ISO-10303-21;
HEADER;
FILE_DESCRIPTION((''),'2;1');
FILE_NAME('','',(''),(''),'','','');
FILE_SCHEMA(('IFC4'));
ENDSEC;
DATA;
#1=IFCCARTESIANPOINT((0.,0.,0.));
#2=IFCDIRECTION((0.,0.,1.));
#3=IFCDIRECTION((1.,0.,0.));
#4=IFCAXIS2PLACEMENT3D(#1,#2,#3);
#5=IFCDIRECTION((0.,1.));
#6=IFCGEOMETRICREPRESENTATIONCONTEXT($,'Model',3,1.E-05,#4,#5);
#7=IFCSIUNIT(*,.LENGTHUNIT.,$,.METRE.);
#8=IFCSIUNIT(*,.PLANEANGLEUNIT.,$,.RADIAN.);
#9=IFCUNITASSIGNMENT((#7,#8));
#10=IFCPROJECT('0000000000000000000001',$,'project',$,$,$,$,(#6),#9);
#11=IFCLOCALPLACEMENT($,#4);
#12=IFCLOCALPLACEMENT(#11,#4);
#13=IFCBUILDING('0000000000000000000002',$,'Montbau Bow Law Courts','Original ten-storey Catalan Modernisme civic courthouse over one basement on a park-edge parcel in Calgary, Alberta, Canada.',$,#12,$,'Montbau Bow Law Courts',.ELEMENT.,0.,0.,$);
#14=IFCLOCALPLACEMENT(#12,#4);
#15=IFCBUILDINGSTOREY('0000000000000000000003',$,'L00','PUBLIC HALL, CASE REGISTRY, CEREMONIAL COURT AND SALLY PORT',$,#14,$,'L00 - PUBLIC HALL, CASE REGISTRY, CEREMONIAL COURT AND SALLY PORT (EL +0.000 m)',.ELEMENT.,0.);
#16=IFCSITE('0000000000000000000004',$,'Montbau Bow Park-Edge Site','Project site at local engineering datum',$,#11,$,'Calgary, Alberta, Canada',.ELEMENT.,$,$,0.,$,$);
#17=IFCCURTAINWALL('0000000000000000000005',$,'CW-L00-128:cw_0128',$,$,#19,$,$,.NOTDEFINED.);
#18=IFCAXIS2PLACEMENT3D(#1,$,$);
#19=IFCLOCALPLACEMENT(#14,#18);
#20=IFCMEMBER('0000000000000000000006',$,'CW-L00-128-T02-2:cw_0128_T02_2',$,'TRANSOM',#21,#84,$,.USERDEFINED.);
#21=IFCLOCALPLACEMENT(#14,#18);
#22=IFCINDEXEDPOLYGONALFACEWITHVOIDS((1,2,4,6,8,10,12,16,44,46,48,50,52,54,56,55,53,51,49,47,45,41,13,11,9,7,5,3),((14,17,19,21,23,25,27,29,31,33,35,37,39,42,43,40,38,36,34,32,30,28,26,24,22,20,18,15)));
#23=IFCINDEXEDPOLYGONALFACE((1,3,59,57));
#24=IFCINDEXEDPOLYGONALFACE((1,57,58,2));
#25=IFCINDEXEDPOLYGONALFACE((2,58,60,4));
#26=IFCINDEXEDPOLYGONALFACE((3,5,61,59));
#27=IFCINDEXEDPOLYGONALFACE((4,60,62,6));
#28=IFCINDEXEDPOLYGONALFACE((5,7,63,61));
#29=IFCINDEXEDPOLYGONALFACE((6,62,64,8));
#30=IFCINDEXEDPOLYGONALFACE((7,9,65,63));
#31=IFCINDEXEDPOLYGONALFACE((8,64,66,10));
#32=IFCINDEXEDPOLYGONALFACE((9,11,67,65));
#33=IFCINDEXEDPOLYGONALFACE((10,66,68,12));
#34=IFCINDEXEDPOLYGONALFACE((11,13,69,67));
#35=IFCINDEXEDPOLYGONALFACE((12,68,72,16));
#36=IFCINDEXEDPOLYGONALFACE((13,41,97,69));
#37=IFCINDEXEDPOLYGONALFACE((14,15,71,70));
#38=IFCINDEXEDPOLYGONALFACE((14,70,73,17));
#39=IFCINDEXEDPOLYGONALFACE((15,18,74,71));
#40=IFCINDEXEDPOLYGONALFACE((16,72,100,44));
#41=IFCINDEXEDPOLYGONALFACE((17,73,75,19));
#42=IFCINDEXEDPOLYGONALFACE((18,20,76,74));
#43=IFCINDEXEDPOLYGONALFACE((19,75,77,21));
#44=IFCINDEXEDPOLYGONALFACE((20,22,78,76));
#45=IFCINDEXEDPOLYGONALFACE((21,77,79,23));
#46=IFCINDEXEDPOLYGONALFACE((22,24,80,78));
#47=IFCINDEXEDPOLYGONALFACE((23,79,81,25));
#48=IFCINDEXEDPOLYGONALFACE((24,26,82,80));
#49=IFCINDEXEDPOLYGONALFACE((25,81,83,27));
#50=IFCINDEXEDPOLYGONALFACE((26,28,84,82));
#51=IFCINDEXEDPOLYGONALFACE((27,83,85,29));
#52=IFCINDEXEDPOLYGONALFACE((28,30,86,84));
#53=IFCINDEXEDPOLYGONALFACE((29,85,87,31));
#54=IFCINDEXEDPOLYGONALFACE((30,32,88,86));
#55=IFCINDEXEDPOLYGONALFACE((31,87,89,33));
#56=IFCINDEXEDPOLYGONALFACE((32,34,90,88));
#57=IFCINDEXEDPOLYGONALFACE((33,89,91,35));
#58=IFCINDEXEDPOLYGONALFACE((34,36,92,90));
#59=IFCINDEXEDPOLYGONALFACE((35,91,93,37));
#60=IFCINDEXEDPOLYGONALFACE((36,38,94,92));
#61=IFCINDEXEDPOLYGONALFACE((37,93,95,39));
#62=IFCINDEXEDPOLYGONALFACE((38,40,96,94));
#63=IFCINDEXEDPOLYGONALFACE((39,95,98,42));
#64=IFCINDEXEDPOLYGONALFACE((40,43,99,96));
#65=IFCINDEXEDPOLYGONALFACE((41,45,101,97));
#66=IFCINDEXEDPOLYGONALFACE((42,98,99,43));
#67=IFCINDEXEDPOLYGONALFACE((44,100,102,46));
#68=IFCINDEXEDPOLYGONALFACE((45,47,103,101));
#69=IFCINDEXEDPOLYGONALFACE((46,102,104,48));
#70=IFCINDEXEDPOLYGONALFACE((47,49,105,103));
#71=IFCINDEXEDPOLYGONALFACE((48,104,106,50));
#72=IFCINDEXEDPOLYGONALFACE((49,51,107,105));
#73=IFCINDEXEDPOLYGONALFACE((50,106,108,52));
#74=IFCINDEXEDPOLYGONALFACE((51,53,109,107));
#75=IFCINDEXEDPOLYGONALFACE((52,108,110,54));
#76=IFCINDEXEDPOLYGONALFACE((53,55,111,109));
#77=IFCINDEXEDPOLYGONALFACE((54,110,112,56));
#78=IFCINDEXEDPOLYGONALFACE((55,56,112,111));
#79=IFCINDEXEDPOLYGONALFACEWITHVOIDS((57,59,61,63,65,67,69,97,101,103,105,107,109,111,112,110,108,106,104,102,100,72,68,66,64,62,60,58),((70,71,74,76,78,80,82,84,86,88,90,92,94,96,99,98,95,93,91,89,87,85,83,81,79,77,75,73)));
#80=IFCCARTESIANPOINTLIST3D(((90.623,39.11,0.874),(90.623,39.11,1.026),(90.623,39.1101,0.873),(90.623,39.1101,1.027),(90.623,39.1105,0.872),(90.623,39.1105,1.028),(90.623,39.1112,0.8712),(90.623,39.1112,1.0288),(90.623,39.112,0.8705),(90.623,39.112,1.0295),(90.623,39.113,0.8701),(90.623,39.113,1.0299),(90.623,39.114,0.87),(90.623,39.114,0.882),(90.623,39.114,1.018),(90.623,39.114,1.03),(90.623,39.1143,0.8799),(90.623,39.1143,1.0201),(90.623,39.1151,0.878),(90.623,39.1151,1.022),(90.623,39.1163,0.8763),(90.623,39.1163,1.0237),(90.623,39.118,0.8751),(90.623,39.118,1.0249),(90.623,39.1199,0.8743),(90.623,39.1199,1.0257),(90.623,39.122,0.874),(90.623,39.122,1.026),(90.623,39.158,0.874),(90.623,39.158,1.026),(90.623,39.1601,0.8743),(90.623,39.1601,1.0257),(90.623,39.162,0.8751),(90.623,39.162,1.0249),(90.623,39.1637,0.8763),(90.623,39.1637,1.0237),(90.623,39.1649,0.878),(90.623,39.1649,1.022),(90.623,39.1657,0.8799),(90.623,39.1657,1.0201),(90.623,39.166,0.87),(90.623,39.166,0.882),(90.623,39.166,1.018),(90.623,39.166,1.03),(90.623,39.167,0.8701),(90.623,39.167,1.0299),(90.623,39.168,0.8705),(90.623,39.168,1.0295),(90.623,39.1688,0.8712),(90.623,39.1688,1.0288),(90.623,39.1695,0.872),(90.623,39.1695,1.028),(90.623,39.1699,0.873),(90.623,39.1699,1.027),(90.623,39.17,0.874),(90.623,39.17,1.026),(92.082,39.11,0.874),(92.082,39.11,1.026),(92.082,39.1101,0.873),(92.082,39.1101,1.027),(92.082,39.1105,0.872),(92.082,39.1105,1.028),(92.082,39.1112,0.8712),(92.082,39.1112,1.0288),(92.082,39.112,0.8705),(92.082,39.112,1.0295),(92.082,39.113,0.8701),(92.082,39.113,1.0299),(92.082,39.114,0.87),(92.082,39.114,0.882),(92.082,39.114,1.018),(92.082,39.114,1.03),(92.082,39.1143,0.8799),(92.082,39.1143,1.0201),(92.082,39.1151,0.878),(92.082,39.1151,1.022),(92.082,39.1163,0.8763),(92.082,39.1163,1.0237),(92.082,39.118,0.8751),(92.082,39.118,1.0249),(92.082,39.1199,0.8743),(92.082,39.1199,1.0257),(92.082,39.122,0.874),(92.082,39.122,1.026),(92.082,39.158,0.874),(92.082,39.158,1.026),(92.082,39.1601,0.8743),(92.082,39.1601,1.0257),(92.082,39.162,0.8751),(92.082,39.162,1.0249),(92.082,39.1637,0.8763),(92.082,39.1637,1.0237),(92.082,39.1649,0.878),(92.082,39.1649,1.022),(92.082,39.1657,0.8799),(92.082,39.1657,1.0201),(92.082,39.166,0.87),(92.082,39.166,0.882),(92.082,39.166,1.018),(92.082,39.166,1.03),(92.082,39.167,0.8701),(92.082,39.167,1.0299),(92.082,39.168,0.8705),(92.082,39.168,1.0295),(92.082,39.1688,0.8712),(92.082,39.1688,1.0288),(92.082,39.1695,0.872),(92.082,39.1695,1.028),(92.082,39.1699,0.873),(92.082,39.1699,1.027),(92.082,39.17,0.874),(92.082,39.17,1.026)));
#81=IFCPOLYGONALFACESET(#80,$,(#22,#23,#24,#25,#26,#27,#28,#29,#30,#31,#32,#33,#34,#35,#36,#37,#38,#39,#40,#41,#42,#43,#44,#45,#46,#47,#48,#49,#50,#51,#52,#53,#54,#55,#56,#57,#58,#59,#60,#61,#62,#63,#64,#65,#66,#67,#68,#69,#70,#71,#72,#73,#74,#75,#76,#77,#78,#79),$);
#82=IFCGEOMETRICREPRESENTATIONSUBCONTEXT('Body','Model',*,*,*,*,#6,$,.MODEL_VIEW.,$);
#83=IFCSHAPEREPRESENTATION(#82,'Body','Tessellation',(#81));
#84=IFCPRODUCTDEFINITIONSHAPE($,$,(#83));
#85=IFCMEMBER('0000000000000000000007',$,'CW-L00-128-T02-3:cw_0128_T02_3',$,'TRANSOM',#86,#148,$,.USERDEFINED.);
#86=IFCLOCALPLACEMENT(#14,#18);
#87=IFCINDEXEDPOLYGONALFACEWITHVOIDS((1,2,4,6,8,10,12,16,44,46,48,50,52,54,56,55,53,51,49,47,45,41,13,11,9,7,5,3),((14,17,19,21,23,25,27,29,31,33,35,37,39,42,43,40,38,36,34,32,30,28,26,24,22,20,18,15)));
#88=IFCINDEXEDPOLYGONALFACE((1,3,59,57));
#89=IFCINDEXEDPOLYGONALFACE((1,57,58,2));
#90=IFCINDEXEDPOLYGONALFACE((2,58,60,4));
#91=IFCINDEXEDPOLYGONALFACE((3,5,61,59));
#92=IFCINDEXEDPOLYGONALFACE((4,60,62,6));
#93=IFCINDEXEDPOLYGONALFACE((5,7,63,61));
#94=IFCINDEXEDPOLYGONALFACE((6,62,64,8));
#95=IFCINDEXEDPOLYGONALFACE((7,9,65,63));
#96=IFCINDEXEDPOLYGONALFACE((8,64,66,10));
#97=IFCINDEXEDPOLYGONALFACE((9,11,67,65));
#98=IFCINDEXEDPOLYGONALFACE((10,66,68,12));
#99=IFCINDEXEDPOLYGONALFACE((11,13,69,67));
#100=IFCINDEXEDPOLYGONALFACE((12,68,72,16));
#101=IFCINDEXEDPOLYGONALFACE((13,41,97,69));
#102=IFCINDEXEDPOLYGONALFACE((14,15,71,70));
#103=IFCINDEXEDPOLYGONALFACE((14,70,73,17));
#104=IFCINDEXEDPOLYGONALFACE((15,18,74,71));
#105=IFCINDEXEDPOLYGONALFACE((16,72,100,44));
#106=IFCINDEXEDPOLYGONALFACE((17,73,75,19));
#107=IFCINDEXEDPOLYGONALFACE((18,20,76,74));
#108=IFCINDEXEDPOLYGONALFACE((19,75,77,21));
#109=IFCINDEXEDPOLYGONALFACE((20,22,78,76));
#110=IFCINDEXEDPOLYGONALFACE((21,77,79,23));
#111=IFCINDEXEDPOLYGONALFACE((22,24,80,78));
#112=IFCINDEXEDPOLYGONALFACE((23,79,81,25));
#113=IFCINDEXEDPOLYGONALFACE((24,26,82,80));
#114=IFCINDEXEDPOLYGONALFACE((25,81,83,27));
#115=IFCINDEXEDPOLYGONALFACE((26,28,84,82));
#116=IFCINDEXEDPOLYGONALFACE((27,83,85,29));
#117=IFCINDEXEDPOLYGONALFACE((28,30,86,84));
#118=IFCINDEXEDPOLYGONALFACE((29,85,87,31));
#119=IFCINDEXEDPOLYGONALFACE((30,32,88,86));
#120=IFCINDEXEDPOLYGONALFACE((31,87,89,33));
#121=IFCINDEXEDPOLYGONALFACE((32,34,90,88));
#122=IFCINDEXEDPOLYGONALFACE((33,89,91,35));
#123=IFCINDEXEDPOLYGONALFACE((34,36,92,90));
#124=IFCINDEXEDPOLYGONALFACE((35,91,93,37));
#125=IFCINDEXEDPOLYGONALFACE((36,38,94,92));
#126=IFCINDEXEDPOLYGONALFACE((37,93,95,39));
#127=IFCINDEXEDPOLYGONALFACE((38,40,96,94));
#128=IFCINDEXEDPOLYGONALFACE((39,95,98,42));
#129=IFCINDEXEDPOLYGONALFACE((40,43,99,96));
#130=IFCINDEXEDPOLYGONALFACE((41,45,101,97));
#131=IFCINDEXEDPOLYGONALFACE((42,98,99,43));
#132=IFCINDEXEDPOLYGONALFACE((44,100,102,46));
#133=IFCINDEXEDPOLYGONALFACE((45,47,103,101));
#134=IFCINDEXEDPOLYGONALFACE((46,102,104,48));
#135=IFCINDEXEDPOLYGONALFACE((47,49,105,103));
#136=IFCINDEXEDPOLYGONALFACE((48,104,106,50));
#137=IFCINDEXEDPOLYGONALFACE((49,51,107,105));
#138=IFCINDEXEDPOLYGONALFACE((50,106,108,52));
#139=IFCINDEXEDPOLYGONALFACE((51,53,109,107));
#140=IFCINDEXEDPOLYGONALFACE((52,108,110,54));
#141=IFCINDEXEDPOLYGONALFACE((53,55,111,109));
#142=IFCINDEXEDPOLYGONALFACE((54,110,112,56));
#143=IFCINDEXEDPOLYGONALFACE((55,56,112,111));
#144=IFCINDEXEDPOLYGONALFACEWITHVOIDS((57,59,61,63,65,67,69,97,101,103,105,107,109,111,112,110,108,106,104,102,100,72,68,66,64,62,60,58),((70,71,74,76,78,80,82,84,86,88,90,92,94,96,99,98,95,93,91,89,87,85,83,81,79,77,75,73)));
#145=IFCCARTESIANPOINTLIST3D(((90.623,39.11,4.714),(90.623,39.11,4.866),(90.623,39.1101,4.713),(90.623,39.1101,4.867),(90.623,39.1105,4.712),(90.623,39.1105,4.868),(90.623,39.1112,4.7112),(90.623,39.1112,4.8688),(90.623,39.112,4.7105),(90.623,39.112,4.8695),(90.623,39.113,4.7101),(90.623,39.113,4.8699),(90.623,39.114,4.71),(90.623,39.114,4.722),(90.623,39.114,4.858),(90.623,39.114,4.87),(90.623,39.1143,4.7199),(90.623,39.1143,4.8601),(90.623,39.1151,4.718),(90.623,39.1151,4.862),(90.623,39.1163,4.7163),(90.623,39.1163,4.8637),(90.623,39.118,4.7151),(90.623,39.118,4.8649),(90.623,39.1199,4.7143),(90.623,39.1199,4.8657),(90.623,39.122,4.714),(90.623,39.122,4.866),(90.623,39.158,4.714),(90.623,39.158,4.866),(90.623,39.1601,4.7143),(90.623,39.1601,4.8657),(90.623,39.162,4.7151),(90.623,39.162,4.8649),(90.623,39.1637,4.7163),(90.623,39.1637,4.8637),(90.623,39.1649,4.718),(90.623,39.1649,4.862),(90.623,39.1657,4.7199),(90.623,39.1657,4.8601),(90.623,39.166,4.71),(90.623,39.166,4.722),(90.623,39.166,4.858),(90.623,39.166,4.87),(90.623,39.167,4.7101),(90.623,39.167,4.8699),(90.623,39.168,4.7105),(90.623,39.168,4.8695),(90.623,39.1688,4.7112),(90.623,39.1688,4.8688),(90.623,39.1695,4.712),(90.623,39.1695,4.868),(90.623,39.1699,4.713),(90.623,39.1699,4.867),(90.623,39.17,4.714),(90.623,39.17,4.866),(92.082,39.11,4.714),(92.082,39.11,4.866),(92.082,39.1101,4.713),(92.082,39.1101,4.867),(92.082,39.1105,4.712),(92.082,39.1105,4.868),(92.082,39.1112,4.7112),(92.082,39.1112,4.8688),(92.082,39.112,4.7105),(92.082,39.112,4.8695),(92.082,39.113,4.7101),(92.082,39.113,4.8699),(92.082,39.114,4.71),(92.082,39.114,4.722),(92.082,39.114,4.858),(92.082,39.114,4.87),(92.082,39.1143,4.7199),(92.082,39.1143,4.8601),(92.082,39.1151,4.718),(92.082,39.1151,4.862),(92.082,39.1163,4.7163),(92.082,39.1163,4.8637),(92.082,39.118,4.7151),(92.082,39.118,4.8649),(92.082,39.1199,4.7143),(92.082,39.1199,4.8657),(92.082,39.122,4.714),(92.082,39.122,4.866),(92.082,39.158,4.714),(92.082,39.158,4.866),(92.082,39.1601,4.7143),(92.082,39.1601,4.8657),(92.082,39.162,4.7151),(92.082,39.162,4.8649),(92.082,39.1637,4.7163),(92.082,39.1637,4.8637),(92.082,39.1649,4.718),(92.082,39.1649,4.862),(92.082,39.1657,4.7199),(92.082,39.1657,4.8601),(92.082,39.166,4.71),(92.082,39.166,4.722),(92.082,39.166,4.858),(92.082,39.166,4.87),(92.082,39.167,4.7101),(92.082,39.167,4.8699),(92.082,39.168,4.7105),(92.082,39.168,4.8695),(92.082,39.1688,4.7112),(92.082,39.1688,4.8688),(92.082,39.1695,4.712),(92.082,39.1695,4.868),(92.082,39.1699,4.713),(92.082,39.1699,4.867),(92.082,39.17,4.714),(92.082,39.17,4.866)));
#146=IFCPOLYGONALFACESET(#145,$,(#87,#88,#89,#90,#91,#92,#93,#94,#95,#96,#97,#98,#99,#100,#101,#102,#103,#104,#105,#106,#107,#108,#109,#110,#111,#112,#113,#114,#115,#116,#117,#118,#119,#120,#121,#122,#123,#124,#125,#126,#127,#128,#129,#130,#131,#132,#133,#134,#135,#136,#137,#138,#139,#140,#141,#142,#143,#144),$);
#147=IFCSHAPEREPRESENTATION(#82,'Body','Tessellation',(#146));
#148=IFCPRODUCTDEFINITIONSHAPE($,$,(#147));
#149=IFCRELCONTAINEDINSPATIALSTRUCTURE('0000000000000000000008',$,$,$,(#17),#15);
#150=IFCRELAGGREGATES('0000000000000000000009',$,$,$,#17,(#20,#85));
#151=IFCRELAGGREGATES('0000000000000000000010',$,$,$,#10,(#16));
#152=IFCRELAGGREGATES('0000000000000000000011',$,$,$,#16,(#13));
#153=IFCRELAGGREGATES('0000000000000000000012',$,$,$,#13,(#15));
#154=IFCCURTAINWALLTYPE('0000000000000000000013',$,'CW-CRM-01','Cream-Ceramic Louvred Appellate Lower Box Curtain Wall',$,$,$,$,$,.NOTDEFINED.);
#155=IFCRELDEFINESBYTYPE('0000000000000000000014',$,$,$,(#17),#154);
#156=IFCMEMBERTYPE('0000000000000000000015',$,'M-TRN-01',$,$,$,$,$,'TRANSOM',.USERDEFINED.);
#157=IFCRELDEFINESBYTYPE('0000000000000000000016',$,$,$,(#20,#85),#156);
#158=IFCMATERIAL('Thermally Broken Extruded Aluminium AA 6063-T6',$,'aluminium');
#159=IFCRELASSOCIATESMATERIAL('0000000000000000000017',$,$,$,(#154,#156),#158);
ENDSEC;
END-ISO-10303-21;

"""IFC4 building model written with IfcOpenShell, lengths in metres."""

from ifc_helpers import new_model, si_unit, direction, frame, origin_with_axes, origin_2d_with_axis, place, context, subcontext, project, spatial, hollow_rectangle, extrude, material, material_profile, profile_set, type_object, element, aggregate, save


model = new_model("IFC4")

# Units and contexts
model_context = context("Model", 3, precision=1e-05, world=origin_with_axes(), true_north=direction((0.0, 1.0)))
body_context = subcontext(model_context, "Body", "Model", "MODEL_VIEW")
ifc_project = project(units=[si_unit("LENGTHUNIT", "METRE"), si_unit("PLANEANGLEUNIT", "RADIAN")], contexts=[model_context])

# Site, building, storey
site_placement = place(None, origin_with_axes())
site = spatial("IfcSite", under=ifc_project, at=site_placement, Name="Montbau Bow Park-Edge Site", Description="Project site at local engineering datum", LongName="Calgary, Alberta, Canada", CompositionType="ELEMENT", RefElevation=0.0)
building_placement = place(site_placement, origin_with_axes())
building = spatial("IfcBuilding", under=site, at=building_placement, Name="Montbau Bow Law Courts", Description="Original ten-storey Catalan Modernisme civic courthouse over one basement on a park-edge parcel in Calgary, Alberta, Canada.", LongName="Montbau Bow Law Courts", CompositionType="ELEMENT", ElevationOfRefHeight=0.0, ElevationOfTerrain=0.0)
storey_placement = place(building_placement, origin_with_axes())
storey = spatial("IfcBuildingStorey", under=building, at=storey_placement, Name="L00", Description="PUBLIC HALL, CASE REGISTRY, CEREMONIAL COURT AND SALLY PORT", LongName="L00 - PUBLIC HALL, CASE REGISTRY, CEREMONIAL COURT AND SALLY PORT (EL +0.000 m)", CompositionType="ELEMENT", Elevation=0.0)

# Curtain wall, members
ifc_material_1 = material(Name="Thermally Broken Extruded Aluminium AA 6063-T6", Category="aluminium")
curtain_wall_type = type_object("IfcCurtainWallType", Name="CW-CRM-01", Description="Cream-Ceramic Louvred Appellate Lower Box Curtain Wall", PredefinedType="NOTDEFINED", material=ifc_material_1)
curtain_wall_1_placement = place(None, frame((89.067, 39.14, 0.0), z_axis=(0.0, 0.0, 1.0), x_axis=(1.0, 0.0, 0.0)))
curtain_wall_1 = element("IfcCurtainWall", 1, at=curtain_wall_1_placement, inside=storey, type_object=curtain_wall_type, Name="CW-L00-128:cw_0128", PredefinedType="NOTDEFINED")
ifc_material_profile_1 = material_profile(ifc_material_1, hollow_rectangle(XDim=0.06, YDim=0.16, WallThickness=0.004, InnerFilletRadius=0.008, OuterFilletRadius=0.004, at=origin_2d_with_axis()), Name="CWT-160X60", Category="Main", Priority=0)
ifc_profile_set_1 = profile_set([ifc_material_profile_1], Name="Thermally Broken Extruded Aluminium AA 6063-T6")
member_type_1 = type_object("IfcMemberType", Name="M-TRN-01", ElementType="TRANSOM", PredefinedType="USERDEFINED", material=ifc_profile_set_1)
member_1_placement = place(None, frame((90.623, 39.14, 0.95), z_axis=(1.0, 0.0, 0.0), x_axis=(0.0, 1.0, 0.0)))
member_1 = element("IfcMember", 2, at=member_1_placement, type_object=member_type_1, Name="CW-L00-128-T02-2:cw_0128_T02_2", ObjectType="TRANSOM", PredefinedType="USERDEFINED", context=body_context, shape_type="SweptSolid", body=[
    extrude(hollow_rectangle(XDim=0.06, YDim=0.16, WallThickness=0.004, InnerFilletRadius=0.008, OuterFilletRadius=0.004, at=origin_2d_with_axis()), origin_with_axes(), (0.0, 0.0, 1.0), 1.459),
])
member_2_placement = place(None, frame((90.623, 39.14, 4.79), z_axis=(1.0, 0.0, 0.0), x_axis=(0.0, 1.0, 0.0)))
member_2 = element("IfcMember", 3, at=member_2_placement, type_object=member_type_1, Name="CW-L00-128-T02-3:cw_0128_T02_3", ObjectType="TRANSOM", PredefinedType="USERDEFINED", context=body_context, shape_type="SweptSolid", body=[
    extrude(hollow_rectangle(XDim=0.06, YDim=0.16, WallThickness=0.004, InnerFilletRadius=0.008, OuterFilletRadius=0.004, at=origin_2d_with_axis()), origin_with_axes(), (0.0, 0.0, 1.0), 1.459),
])

aggregate(curtain_wall_1, [member_1, member_2])

save(model, "model.ifc")
